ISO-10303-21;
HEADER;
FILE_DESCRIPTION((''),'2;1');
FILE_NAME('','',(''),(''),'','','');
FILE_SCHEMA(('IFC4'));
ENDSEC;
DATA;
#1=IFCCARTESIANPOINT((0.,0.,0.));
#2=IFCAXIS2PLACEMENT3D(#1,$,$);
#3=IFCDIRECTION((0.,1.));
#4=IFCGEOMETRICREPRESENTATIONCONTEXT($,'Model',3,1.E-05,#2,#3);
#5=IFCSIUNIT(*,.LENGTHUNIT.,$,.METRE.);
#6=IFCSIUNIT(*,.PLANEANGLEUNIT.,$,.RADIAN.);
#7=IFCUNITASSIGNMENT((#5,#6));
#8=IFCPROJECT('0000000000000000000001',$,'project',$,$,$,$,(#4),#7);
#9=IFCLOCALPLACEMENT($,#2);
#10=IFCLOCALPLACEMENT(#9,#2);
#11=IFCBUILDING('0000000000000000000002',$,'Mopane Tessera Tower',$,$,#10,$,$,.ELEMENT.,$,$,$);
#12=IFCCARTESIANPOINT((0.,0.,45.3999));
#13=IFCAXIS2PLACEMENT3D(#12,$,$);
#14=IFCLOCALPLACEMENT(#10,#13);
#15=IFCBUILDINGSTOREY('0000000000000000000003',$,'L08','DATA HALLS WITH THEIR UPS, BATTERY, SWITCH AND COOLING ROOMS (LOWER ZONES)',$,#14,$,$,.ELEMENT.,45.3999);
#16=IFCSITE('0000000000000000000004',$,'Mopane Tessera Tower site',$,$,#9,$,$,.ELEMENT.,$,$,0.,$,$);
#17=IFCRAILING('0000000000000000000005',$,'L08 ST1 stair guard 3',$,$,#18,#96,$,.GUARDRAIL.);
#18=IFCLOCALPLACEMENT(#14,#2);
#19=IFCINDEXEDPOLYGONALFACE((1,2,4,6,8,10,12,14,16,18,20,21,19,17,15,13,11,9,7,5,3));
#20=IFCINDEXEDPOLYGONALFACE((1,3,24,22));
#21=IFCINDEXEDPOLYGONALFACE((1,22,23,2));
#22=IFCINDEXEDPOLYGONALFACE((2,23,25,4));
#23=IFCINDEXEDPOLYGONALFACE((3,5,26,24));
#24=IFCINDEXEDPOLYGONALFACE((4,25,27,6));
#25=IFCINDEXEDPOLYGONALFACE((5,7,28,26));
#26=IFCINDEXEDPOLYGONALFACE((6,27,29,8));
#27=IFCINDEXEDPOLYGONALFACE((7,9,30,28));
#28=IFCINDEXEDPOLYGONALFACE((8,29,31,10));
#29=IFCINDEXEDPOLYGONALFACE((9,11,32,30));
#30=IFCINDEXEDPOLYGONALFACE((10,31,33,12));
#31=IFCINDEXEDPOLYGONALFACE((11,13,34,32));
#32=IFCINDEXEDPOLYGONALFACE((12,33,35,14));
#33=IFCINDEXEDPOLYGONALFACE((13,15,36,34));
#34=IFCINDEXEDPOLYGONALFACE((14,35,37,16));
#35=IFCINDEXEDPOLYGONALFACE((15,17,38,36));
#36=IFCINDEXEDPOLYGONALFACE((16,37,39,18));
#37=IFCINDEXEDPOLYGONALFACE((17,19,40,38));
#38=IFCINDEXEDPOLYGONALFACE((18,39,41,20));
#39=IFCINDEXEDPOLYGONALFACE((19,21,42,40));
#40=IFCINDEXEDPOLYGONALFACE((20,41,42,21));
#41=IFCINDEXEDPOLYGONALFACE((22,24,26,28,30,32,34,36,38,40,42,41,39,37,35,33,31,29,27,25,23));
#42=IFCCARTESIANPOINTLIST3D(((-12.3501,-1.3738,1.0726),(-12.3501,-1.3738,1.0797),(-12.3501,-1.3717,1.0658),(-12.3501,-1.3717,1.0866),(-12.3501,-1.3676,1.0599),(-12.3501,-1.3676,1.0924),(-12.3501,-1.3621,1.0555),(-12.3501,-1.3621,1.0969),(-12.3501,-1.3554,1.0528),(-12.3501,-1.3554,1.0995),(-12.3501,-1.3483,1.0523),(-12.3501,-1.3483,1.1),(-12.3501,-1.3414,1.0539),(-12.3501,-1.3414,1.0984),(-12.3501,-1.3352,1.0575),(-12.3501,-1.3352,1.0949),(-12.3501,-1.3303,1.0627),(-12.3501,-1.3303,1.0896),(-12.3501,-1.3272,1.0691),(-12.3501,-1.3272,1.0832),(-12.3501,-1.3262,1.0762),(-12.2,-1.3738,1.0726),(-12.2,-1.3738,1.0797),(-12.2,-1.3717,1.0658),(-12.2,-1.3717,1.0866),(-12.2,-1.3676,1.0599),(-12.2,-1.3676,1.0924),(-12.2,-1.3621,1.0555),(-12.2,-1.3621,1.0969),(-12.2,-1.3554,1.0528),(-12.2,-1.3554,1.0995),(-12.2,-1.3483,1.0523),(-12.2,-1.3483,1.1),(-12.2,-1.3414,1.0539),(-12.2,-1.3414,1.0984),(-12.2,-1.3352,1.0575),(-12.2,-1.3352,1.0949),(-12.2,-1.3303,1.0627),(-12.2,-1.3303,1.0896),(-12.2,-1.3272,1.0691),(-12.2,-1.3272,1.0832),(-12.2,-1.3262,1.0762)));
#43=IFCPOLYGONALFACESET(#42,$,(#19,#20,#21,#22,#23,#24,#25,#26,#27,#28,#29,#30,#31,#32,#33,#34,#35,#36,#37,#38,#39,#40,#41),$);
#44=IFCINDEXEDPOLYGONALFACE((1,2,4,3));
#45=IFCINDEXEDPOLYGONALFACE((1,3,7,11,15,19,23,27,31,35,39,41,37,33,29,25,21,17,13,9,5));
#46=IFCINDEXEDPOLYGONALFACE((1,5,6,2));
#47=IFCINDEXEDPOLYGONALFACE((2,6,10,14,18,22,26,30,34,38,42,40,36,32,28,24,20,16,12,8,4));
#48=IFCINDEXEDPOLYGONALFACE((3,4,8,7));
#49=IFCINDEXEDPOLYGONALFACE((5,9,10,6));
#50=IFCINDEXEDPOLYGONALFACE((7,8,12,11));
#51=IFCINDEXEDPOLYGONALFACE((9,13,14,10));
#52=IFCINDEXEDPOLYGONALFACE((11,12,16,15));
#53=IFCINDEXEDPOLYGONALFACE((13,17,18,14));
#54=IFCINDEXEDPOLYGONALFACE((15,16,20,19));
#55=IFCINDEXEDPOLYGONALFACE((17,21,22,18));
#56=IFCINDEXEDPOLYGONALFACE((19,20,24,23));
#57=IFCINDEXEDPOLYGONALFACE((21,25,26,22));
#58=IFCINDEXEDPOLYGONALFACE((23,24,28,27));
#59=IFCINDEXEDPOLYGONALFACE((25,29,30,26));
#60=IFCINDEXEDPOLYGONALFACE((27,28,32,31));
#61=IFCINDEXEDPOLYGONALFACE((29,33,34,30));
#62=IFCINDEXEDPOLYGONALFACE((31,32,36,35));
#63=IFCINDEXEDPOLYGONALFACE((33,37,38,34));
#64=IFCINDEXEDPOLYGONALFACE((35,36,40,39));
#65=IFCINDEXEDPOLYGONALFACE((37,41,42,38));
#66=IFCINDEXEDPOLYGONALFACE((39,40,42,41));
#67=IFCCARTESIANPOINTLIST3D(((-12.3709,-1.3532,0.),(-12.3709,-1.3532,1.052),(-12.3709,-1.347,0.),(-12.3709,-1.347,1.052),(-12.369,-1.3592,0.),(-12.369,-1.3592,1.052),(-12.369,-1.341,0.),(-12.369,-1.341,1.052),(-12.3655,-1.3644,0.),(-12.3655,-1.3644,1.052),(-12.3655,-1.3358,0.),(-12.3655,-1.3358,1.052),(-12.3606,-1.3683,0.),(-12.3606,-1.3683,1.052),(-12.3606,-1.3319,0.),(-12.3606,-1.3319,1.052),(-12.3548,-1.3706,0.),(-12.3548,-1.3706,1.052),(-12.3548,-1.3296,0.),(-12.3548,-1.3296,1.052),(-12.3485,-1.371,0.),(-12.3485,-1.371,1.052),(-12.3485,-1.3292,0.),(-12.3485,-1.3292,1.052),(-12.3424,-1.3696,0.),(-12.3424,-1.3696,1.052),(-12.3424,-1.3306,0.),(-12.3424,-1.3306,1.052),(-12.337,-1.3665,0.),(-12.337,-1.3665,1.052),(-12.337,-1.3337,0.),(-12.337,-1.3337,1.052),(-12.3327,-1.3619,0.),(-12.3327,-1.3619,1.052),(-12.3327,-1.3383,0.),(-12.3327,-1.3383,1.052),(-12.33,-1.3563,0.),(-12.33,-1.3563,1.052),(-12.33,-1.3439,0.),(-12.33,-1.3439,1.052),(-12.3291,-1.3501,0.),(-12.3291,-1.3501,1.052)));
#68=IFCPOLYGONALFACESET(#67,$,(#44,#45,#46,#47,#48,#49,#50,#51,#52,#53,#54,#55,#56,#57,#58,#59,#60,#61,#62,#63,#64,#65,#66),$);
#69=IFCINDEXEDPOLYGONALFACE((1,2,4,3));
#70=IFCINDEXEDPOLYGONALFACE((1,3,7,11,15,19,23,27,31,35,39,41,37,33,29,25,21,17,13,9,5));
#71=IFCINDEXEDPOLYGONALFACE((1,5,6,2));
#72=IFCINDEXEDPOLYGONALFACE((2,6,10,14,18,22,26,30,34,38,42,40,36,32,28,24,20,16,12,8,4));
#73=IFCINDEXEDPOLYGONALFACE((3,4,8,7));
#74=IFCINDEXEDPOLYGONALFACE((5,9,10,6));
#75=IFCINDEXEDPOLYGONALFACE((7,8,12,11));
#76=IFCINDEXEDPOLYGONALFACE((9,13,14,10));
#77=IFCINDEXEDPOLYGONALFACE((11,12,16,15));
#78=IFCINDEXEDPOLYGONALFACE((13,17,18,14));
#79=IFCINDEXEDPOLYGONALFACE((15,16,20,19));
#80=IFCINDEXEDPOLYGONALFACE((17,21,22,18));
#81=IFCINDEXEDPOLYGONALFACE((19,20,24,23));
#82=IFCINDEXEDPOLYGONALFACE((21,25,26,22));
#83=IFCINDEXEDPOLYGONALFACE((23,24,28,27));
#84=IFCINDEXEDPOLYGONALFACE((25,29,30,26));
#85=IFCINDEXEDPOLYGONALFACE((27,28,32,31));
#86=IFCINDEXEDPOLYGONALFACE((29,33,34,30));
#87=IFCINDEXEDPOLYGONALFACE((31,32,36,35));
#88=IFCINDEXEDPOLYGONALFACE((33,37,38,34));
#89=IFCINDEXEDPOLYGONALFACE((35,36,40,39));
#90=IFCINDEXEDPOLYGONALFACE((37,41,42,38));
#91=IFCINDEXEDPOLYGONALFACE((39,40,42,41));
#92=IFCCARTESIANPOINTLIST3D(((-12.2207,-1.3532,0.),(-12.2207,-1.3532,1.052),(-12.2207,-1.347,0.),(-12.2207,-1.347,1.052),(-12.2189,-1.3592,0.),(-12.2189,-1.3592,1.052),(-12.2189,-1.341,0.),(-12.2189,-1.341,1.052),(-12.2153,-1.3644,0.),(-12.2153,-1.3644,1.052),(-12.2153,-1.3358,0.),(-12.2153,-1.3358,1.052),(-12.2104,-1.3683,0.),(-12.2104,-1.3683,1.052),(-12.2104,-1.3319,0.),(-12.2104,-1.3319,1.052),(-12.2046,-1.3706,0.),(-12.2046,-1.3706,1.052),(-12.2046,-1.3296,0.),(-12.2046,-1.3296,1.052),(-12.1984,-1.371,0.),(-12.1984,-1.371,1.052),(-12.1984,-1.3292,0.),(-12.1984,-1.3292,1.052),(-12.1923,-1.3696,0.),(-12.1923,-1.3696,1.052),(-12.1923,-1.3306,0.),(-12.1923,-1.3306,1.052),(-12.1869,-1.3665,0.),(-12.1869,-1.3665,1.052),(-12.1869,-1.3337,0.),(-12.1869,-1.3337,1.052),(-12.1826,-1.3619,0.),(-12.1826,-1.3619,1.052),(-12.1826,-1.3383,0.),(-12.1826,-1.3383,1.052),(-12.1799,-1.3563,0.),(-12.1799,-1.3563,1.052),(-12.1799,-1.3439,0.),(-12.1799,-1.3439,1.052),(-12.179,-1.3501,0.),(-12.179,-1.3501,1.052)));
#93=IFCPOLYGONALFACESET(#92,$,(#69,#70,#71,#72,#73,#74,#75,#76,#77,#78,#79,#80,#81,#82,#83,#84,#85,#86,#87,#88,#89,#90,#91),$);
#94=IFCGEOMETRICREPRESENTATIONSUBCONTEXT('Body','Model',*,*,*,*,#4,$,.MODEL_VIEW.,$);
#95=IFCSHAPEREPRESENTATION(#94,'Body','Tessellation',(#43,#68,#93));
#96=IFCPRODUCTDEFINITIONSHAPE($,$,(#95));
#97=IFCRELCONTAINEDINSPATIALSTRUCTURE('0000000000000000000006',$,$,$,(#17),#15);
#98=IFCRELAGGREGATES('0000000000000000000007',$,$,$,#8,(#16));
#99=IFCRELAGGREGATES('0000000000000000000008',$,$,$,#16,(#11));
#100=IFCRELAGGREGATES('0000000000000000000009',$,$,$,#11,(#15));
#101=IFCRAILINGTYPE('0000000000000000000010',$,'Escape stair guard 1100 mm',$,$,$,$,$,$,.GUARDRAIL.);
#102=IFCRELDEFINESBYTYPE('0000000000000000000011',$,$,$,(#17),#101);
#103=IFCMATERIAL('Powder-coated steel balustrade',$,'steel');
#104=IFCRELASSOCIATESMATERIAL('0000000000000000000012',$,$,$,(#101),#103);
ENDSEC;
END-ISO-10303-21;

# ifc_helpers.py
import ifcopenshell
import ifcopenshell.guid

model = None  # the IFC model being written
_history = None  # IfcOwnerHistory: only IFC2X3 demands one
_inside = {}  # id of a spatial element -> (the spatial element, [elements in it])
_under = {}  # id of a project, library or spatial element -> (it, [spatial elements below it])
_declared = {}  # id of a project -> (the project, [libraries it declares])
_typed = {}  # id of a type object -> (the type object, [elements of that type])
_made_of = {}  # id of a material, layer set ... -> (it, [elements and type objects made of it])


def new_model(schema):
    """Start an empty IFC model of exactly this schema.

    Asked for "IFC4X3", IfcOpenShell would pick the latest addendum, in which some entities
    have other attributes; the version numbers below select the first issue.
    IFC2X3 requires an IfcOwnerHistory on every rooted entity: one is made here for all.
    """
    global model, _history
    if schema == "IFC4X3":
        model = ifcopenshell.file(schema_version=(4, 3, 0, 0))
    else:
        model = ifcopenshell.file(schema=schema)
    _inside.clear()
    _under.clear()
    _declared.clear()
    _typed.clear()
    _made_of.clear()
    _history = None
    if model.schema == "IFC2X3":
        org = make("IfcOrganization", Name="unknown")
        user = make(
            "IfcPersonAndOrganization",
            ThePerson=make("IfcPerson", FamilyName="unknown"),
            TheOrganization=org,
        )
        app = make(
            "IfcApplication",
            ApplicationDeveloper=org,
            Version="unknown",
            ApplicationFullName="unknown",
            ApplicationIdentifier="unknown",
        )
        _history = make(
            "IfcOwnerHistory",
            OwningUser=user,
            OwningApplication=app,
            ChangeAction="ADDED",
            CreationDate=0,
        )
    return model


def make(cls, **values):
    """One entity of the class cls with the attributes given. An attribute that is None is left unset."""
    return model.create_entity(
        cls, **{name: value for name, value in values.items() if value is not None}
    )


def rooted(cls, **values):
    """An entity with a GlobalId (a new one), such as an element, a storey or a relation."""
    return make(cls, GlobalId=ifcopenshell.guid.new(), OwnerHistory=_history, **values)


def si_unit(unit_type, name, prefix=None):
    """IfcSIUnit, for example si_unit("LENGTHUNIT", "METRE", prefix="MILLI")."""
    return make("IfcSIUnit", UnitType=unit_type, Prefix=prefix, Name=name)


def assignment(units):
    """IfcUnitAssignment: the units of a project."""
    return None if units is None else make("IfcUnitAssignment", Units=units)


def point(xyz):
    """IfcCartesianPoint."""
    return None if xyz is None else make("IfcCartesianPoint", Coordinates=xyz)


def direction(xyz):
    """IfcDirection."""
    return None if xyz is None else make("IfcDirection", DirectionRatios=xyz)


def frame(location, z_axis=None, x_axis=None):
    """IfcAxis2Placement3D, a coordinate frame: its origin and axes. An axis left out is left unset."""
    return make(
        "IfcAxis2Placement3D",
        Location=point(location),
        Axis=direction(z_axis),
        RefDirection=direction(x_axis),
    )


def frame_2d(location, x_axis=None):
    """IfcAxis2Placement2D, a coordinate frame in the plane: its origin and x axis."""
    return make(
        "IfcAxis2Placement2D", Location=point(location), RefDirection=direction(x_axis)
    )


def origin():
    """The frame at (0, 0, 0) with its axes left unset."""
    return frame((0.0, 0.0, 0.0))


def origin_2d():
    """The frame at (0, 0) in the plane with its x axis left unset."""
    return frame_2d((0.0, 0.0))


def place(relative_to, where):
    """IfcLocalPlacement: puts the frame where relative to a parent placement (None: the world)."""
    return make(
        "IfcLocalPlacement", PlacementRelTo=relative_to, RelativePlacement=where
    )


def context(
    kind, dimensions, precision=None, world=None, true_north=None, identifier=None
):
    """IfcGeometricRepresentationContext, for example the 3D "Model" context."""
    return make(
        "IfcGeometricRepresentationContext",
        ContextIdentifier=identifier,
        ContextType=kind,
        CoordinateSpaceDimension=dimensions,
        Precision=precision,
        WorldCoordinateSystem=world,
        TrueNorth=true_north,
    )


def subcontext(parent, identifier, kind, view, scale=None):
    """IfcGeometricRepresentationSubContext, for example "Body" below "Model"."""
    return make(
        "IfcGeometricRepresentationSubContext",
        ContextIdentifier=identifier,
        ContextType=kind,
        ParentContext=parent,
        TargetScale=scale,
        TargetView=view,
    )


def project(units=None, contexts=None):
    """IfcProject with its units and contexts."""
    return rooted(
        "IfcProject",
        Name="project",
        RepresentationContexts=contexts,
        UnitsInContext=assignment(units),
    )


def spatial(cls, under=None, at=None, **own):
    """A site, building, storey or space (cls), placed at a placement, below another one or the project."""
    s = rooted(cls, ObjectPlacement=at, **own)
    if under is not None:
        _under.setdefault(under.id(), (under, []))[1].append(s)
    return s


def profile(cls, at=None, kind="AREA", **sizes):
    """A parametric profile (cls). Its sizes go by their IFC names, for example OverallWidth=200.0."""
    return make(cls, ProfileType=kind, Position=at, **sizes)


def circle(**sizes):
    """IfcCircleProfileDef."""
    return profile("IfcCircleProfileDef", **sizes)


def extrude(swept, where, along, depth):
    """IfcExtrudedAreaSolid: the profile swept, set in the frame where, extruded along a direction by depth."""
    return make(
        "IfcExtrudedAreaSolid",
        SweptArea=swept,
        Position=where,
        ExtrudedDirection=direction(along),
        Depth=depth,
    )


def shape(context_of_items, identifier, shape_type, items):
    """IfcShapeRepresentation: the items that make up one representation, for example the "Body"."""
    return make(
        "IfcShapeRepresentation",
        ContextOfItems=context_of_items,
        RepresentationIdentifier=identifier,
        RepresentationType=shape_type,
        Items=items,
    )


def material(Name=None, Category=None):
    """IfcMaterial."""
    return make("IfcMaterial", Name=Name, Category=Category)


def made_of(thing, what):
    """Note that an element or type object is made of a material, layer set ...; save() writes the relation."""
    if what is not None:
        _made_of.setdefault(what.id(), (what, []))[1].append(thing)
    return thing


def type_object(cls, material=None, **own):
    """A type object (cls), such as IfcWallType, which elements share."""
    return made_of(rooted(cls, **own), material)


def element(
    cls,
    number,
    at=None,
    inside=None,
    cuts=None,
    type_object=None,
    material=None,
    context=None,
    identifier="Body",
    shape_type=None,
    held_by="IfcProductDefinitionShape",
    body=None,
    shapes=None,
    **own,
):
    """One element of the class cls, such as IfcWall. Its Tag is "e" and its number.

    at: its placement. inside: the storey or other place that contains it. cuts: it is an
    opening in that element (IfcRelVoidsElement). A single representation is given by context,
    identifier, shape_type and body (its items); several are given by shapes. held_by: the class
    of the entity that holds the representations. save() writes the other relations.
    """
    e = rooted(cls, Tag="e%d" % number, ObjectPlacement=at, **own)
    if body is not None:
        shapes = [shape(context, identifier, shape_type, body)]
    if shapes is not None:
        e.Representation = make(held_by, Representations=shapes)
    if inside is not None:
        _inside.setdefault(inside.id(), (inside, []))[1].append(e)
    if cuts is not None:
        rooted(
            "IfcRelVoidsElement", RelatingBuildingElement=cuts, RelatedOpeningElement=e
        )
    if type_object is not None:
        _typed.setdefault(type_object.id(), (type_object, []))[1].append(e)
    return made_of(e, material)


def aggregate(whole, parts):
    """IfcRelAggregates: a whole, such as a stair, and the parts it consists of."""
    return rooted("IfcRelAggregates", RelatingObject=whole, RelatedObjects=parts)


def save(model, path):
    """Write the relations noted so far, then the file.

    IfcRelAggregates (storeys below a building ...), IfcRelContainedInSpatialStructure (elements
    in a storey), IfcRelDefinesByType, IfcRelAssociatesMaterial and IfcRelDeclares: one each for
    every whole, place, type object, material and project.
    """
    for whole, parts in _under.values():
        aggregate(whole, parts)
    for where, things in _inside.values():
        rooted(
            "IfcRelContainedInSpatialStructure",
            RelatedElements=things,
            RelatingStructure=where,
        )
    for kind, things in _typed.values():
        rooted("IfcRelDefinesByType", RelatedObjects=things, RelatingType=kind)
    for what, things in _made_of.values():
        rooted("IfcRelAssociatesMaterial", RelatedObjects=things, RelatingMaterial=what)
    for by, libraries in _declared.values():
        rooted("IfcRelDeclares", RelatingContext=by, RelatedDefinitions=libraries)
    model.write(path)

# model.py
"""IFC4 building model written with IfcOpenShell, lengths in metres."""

from ifc_helpers import new_model, si_unit, direction, frame, origin, origin_2d, place, context, subcontext, project, spatial, circle, extrude, material, type_object, element, save


model = new_model("IFC4")

# Units and contexts
model_context = context("Model", 3, precision=1e-05, world=origin(), true_north=direction((0.0, 1.0)))
body_context = subcontext(model_context, "Body", "Model", "MODEL_VIEW")
ifc_project = project(units=[si_unit("LENGTHUNIT", "METRE"), si_unit("PLANEANGLEUNIT", "RADIAN")], contexts=[model_context])

# Site, building, storey
site_placement = place(None, origin())
site = spatial("IfcSite", under=ifc_project, at=site_placement, Name="Mopane Tessera Tower site", CompositionType="ELEMENT", RefElevation=0.0)
building_placement = place(site_placement, origin())
building = spatial("IfcBuilding", under=site, at=building_placement, Name="Mopane Tessera Tower", CompositionType="ELEMENT")
storey_placement = place(building_placement, frame((0.0, 0.0, 45.3999)))
storey = spatial("IfcBuildingStorey", under=building, at=storey_placement, Name="L08", Description="DATA HALLS WITH THEIR UPS, BATTERY, SWITCH AND COOLING ROOMS (LOWER ZONES)", CompositionType="ELEMENT", Elevation=45.3999)

# Railing
ifc_material_1 = material(Name="Powder-coated steel balustrade", Category="steel")
railing_type_1 = type_object("IfcRailingType", Name="Escape stair guard 1100 mm", PredefinedType="GUARDRAIL", material=ifc_material_1)
railing_1_placement = place(storey_placement, frame((-12.3501, -1.3501, 0.0)))
element("IfcRailing", 1, at=railing_1_placement, inside=storey, type_object=railing_type_1, Name="L08 ST1 stair guard 3", PredefinedType="GUARDRAIL", context=body_context, shape_type="SweptSolid", body=[
    extrude(circle(Radius=0.0239, at=origin_2d()), frame((0.0, 0.0, 1.0762), z_axis=(1.0, 0.0, 0.0), x_axis=(0.0, 1.0, 0.0)), (0.0, 0.0, 1.0), 0.1501),
    extrude(circle(Radius=0.021, at=origin_2d()), origin(), (0.0, 0.0, 1.0), 1.052),
    extrude(circle(Radius=0.021, at=origin_2d()), frame((0.1501, 0.0, 0.0)), (0.0, 0.0, 1.0), 1.052),
])

save(model, "model.ifc")
